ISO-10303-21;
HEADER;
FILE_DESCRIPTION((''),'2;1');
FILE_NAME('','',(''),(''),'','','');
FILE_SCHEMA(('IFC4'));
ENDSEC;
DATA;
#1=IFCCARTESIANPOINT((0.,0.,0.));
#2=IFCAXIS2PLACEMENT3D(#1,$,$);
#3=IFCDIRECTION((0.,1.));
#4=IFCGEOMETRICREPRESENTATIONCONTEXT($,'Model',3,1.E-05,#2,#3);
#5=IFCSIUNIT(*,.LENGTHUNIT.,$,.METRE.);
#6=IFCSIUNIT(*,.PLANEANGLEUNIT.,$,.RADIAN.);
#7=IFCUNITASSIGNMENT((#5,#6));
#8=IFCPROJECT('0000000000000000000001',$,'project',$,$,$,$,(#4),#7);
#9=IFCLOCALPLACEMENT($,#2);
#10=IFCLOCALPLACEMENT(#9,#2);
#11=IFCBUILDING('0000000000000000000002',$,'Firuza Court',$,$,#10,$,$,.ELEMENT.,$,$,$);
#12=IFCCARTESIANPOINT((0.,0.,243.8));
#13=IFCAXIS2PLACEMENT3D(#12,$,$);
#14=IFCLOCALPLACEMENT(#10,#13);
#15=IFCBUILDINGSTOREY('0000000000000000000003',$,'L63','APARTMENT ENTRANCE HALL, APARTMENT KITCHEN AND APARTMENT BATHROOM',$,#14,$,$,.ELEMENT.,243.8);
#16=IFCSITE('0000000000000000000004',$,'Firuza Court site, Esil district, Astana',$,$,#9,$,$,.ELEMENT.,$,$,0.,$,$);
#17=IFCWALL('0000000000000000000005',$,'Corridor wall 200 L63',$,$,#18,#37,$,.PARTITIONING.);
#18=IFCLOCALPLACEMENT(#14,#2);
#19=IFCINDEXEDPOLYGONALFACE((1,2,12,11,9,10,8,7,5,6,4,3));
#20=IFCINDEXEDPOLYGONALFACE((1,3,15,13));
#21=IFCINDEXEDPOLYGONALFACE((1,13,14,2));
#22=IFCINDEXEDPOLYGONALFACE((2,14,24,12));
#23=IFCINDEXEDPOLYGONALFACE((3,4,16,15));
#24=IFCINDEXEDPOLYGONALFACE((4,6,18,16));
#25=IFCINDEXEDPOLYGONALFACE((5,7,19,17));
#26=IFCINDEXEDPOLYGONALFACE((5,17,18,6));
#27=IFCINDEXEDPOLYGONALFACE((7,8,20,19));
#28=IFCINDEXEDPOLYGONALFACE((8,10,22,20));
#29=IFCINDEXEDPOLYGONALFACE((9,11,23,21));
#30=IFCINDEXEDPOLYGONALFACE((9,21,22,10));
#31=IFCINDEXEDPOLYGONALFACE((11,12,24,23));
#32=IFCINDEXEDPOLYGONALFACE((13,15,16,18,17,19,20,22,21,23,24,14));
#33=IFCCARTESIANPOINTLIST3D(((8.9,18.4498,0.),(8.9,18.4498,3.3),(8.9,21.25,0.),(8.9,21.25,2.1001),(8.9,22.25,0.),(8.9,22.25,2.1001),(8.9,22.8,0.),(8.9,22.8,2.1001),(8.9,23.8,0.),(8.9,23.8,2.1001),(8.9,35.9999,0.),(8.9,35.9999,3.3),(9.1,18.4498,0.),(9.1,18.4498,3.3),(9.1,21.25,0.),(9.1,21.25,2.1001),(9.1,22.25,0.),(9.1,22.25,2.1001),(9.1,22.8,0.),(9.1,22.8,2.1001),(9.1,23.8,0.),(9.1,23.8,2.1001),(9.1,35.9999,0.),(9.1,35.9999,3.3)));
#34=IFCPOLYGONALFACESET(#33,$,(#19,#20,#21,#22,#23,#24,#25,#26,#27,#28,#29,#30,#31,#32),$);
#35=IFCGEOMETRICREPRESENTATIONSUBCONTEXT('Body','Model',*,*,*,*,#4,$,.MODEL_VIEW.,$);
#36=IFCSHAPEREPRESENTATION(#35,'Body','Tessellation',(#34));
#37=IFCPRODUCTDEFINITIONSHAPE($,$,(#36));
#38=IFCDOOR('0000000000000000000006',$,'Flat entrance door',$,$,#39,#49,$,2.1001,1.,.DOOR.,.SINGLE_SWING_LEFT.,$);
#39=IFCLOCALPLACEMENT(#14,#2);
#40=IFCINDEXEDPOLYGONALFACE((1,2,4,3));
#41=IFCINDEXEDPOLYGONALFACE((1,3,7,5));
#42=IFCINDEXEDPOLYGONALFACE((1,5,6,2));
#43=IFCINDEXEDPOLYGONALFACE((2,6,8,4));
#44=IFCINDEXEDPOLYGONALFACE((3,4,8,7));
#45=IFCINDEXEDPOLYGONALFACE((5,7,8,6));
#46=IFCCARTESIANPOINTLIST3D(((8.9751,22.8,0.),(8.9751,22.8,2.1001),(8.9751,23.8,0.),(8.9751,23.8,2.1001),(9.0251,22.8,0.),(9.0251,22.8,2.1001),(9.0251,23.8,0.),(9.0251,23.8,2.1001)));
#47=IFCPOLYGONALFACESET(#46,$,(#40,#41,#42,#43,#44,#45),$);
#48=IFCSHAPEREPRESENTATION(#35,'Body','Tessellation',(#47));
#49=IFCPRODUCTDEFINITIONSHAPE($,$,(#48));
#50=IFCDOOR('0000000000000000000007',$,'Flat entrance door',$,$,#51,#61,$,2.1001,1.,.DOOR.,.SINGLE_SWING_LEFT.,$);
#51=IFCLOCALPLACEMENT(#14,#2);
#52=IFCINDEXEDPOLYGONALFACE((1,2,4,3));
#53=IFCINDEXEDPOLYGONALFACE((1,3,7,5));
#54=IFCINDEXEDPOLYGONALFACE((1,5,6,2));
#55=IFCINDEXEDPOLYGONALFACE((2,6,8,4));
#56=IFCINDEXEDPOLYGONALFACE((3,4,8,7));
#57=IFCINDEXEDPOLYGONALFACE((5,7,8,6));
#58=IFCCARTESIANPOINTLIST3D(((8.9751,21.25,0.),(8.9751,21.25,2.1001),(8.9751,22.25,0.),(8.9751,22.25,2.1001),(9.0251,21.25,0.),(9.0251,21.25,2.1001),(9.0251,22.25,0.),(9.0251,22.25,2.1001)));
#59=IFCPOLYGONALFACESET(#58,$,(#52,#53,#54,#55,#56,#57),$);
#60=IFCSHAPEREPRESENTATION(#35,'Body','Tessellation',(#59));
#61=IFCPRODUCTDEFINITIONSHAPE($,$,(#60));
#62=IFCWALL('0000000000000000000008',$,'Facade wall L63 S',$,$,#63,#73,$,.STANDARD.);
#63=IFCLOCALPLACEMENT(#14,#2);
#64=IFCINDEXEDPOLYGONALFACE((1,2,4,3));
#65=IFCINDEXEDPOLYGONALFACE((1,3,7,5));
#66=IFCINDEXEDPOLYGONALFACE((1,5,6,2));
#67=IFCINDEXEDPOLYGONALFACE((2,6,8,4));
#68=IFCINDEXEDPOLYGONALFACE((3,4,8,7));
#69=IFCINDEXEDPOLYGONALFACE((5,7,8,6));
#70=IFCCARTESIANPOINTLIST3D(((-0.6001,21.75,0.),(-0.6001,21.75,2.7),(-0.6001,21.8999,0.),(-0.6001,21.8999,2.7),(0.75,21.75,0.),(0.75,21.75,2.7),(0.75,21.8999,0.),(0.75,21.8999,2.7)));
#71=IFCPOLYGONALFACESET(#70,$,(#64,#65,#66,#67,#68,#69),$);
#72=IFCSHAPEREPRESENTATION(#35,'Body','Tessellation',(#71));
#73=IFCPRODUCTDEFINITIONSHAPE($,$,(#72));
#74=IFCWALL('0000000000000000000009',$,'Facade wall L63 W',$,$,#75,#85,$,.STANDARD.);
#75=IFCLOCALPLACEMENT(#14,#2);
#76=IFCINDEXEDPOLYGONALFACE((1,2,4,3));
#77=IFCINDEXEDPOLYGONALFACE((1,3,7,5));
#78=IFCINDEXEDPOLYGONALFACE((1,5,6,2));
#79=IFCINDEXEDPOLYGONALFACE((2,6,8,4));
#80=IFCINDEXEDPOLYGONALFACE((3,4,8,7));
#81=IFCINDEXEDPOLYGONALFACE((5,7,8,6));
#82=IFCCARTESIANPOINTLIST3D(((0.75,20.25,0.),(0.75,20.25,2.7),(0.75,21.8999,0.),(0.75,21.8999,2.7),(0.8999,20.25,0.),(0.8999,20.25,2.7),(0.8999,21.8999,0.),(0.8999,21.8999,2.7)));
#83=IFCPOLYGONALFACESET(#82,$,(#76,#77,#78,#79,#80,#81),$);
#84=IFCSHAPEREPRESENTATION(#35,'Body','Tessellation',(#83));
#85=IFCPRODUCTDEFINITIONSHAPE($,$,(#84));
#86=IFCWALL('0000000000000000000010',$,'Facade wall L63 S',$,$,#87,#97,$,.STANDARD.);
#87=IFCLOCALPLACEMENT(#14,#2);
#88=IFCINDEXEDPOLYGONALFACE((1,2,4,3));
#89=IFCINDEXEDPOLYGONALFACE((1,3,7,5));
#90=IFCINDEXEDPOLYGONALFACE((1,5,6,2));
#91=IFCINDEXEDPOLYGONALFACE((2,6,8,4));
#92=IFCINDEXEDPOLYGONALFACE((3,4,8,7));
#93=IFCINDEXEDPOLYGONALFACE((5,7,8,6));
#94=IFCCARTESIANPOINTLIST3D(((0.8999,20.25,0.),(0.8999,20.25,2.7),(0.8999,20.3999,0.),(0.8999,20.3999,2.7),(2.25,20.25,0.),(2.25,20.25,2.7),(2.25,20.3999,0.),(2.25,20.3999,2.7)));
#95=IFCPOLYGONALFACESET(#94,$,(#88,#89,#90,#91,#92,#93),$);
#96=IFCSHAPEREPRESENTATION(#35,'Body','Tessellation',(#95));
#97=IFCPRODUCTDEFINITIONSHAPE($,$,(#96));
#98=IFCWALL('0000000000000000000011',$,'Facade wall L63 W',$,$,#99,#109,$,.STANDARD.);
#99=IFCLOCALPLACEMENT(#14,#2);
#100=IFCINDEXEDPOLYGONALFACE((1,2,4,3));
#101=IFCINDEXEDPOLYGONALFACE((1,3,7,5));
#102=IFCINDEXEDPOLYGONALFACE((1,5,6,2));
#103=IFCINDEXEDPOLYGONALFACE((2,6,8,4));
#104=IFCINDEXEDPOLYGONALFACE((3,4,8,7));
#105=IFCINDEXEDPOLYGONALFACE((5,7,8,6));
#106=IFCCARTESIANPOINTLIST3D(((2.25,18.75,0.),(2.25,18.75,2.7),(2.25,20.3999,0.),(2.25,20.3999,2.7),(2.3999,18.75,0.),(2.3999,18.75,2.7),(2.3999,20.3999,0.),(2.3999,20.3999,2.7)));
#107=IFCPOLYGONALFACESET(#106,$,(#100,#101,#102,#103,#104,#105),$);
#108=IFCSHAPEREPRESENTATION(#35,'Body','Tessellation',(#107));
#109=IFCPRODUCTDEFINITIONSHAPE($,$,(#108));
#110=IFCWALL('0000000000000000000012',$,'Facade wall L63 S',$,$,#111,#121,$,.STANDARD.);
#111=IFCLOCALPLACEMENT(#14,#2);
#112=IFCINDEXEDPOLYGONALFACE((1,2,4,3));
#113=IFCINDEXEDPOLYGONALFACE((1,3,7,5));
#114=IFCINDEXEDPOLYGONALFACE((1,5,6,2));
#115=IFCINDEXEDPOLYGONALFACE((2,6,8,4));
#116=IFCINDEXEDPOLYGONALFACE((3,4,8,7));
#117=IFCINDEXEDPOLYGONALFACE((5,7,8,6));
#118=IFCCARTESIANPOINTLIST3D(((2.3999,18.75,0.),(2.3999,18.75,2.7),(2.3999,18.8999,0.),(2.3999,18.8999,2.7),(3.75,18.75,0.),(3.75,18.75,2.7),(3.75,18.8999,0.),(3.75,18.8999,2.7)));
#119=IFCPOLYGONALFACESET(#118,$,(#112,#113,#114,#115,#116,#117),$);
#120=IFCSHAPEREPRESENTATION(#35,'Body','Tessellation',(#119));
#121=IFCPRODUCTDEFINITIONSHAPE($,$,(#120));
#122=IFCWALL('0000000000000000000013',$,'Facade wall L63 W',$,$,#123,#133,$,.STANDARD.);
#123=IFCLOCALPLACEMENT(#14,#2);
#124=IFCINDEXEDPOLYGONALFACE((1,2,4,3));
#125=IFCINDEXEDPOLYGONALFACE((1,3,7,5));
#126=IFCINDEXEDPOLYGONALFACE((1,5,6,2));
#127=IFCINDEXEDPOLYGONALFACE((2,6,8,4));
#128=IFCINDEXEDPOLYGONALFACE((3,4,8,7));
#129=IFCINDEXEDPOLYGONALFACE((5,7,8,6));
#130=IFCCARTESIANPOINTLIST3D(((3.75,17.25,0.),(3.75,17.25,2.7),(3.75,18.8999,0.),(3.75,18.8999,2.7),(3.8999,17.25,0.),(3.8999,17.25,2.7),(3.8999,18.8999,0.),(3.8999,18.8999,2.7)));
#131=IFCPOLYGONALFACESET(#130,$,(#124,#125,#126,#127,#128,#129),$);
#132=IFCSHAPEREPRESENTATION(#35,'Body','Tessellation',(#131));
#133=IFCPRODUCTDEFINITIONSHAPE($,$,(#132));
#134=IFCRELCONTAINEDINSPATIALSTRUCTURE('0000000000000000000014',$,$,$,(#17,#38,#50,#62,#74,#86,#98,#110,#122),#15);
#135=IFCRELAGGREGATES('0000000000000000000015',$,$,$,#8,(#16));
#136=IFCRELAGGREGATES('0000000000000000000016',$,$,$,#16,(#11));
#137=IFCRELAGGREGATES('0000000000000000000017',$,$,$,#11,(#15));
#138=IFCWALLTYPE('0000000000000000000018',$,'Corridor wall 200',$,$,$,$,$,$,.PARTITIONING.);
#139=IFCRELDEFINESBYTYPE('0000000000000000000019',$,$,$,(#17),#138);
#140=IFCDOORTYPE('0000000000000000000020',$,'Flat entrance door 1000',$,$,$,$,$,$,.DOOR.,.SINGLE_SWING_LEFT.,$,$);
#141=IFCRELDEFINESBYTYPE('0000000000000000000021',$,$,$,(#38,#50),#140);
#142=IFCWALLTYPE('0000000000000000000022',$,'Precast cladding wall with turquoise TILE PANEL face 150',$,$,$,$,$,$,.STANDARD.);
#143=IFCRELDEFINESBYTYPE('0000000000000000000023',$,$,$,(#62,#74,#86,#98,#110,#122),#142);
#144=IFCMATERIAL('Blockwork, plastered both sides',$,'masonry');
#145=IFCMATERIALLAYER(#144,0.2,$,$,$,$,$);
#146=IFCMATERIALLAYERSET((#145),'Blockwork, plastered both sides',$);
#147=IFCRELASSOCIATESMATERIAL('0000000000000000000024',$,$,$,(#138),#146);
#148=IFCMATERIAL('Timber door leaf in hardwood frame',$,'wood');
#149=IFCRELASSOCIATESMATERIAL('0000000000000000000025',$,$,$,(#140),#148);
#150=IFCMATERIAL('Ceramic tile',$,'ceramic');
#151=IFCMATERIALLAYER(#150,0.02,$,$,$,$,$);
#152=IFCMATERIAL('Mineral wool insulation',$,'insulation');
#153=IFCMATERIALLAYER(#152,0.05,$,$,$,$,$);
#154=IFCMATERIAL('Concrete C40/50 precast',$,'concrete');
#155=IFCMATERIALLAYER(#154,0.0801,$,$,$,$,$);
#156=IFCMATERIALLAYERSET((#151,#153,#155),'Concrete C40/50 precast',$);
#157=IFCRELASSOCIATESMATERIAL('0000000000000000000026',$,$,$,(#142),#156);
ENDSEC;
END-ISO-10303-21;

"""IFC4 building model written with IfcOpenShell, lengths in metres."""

from ifc_helpers import new_model, si_unit, direction, frame, frame_2d, origin, place, context, subcontext, project, spatial, rectangle, extrude, material, layer, layer_set, type_object, element, fill, save


model = new_model("IFC4")

# Units and contexts
model_context = context("Model", 3, precision=1e-05, world=origin(), true_north=direction((0.0, 1.0)))
body_context = subcontext(model_context, "Body", "Model", "MODEL_VIEW")
ifc_project = project(units=[si_unit("LENGTHUNIT", "METRE"), si_unit("PLANEANGLEUNIT", "RADIAN")], contexts=[model_context])

# Site, building, storey
site_placement = place(None, origin())
site = spatial("IfcSite", under=ifc_project, at=site_placement, Name="Firuza Court site, Esil district, Astana", CompositionType="ELEMENT", RefElevation=0.0)
building_placement = place(site_placement, origin())
building = spatial("IfcBuilding", under=site, at=building_placement, Name="Firuza Court", CompositionType="ELEMENT")
storey_placement = place(building_placement, frame((0.0, 0.0, 243.8)))
storey = spatial("IfcBuildingStorey", under=building, at=storey_placement, Name="L63", Description="APARTMENT ENTRANCE HALL, APARTMENT KITCHEN AND APARTMENT BATHROOM", CompositionType="ELEMENT", Elevation=243.8)

# Shared definitions
ifc_material_1 = material(Name="Concrete C40/50 precast", Category="concrete")

# Shared definitions
ifc_material_2 = material(Name="Blockwork, plastered both sides", Category="masonry")
ifc_layer_1 = layer(ifc_material_2, 0.2)
ifc_layer_set_1 = layer_set([ifc_layer_1], Name="Blockwork, plastered both sides")
wall_type_1 = type_object("IfcWallType", Name="Corridor wall 200", PredefinedType="PARTITIONING", material=ifc_layer_set_1)

# Wall, openings, doors
wall_1_placement = place(storey_placement, frame((9.0, 18.45, 0.0), z_axis=(0.0, 0.0, 1.0), x_axis=(0.0, 1.0, 0.0)))
wall_1 = element("IfcWall", 1, at=wall_1_placement, inside=storey, type_object=wall_type_1, Name="Corridor wall 200 L63", PredefinedType="PARTITIONING", context=body_context, shape_type="SweptSolid", body=[
    extrude(rectangle(XDim=17.55, YDim=0.2, at=frame_2d((8.7749, 0.0))), origin(), (0.0, 0.0, 1.0), 3.3),
])
opening_1_placement = place(wall_1_placement, frame((4.3501, 0.0, 0.0)))
opening_1 = element("IfcOpeningElement", 2, at=opening_1_placement, cuts=wall_1, PredefinedType="OPENING", context=body_context, shape_type="SweptSolid", body=[
    extrude(rectangle(XDim=1.0, YDim=2.1001, at=frame_2d((0.5, 1.05))), frame((0.0, 0.1118, 0.0), z_axis=(0.0, -1.0, 0.0), x_axis=(1.0, 0.0, 0.0)), (0.0, 0.0, 1.0), 0.2239),
])
opening_2_placement = place(wall_1_placement, frame((2.8, 0.0, 0.0)))
opening_2 = element("IfcOpeningElement", 3, at=opening_2_placement, cuts=wall_1, PredefinedType="OPENING", context=body_context, shape_type="SweptSolid", body=[
    extrude(rectangle(XDim=1.0, YDim=2.1001, at=frame_2d((0.5, 1.05))), frame((0.0, 0.1118, 0.0), z_axis=(0.0, -1.0, 0.0), x_axis=(1.0, 0.0, 0.0)), (0.0, 0.0, 1.0), 0.2239),
])
ifc_material_3 = material(Name="Timber door leaf in hardwood frame", Category="wood")
door_type_1 = type_object("IfcDoorType", Name="Flat entrance door 1000", OperationType="SINGLE_SWING_LEFT", PredefinedType="DOOR", material=ifc_material_3)
door_1_placement = place(opening_1_placement, origin())
door_1 = element("IfcDoor", 4, at=door_1_placement, inside=storey, type_object=door_type_1, Name="Flat entrance door", OperationType="SINGLE_SWING_LEFT", OverallHeight=2.1001, OverallWidth=1.0, PredefinedType="DOOR", context=body_context, shape_type="SweptSolid", body=[
    extrude(rectangle(XDim=1.0, YDim=2.1001, at=frame_2d((0.5, 1.05))), frame((0.0, 0.0249, 0.0), z_axis=(0.0, -1.0, 0.0), x_axis=(1.0, 0.0, 0.0)), (0.0, 0.0, 1.0), 0.05),
])
fill(opening_1, door_1)
door_2_placement = place(opening_2_placement, origin())
door_2 = element("IfcDoor", 5, at=door_2_placement, inside=storey, type_object=door_type_1, Name="Flat entrance door", OperationType="SINGLE_SWING_LEFT", OverallHeight=2.1001, OverallWidth=1.0, PredefinedType="DOOR", context=body_context, shape_type="SweptSolid", body=[
    extrude(rectangle(XDim=1.0, YDim=2.1001, at=frame_2d((0.5, 1.05))), frame((0.0, 0.0249, 0.0), z_axis=(0.0, -1.0, 0.0), x_axis=(1.0, 0.0, 0.0)), (0.0, 0.0, 1.0), 0.05),
])
fill(opening_2, door_2)

# Walls
ifc_material_4 = material(Name="Ceramic tile", Category="ceramic")
ifc_layer_2 = layer(ifc_material_4, 0.02)
ifc_material_5 = material(Name="Mineral wool insulation", Category="insulation")
ifc_layer_3 = layer(ifc_material_5, 0.05)
ifc_layer_4 = layer(ifc_material_1, 0.0801)
ifc_layer_set_2 = layer_set([ifc_layer_2, ifc_layer_3, ifc_layer_4], Name="Concrete C40/50 precast")
wall_type_2 = type_object("IfcWallType", Name="Precast cladding wall with turquoise TILE PANEL face 150", PredefinedType="STANDARD", material=ifc_layer_set_2)
wall_2_placement = place(storey_placement, frame((-0.6001, 21.825, 0.0), z_axis=(0.0, 0.0, 1.0), x_axis=(1.0, 0.0, 0.0)))
element("IfcWall", 6, at=wall_2_placement, inside=storey, type_object=wall_type_2, Name="Facade wall L63 S", PredefinedType="STANDARD", context=body_context, shape_type="SweptSolid", body=[
    extrude(rectangle(XDim=1.3501, YDim=0.1499, at=frame_2d((0.675, 0.0))), origin(), (0.0, 0.0, 1.0), 2.7),
])
wall_3_placement = place(storey_placement, frame((0.825, 21.8999, 0.0), z_axis=(0.0, 0.0, 1.0), x_axis=(0.0, -1.0, 0.0)))
element("IfcWall", 7, at=wall_3_placement, inside=storey, type_object=wall_type_2, Name="Facade wall L63 W", PredefinedType="STANDARD", context=body_context, shape_type="SweptSolid", body=[
    extrude(rectangle(XDim=1.6499, YDim=0.1499, at=frame_2d((0.825, 0.0))), origin(), (0.0, 0.0, 1.0), 2.7),
])
wall_4_placement = place(storey_placement, frame((0.8999, 20.325, 0.0), z_axis=(0.0, 0.0, 1.0), x_axis=(1.0, 0.0, 0.0)))
element("IfcWall", 8, at=wall_4_placement, inside=storey, type_object=wall_type_2, Name="Facade wall L63 S", PredefinedType="STANDARD", context=body_context, shape_type="SweptSolid", body=[
    extrude(rectangle(XDim=1.3501, YDim=0.1499, at=frame_2d((0.675, 0.0))), origin(), (0.0, 0.0, 1.0), 2.7),
])
wall_5_placement = place(storey_placement, frame((2.325, 20.3999, 0.0), z_axis=(0.0, 0.0, 1.0), x_axis=(0.0, -1.0, 0.0)))
element("IfcWall", 9, at=wall_5_placement, inside=storey, type_object=wall_type_2, Name="Facade wall L63 W", PredefinedType="STANDARD", context=body_context, shape_type="SweptSolid", body=[
    extrude(rectangle(XDim=1.6499, YDim=0.1499, at=frame_2d((0.825, 0.0))), origin(), (0.0, 0.0, 1.0), 2.7),
])
wall_6_placement = place(storey_placement, frame((2.3999, 18.825, 0.0), z_axis=(0.0, 0.0, 1.0), x_axis=(1.0, 0.0, 0.0)))
element("IfcWall", 10, at=wall_6_placement, inside=storey, type_object=wall_type_2, Name="Facade wall L63 S", PredefinedType="STANDARD", context=body_context, shape_type="SweptSolid", body=[
    extrude(rectangle(XDim=1.3501, YDim=0.1499, at=frame_2d((0.675, 0.0))), origin(), (0.0, 0.0, 1.0), 2.7),
])
wall_7_placement = place(storey_placement, frame((3.825, 18.8999, 0.0), z_axis=(0.0, 0.0, 1.0), x_axis=(0.0, -1.0, 0.0)))
element("IfcWall", 11, at=wall_7_placement, inside=storey, type_object=wall_type_2, Name="Facade wall L63 W", PredefinedType="STANDARD", context=body_context, shape_type="SweptSolid", body=[
    extrude(rectangle(XDim=1.6499, YDim=0.1499, at=frame_2d((0.825, 0.0))), origin(), (0.0, 0.0, 1.0), 2.7),
])

save(model, "model.ifc")
